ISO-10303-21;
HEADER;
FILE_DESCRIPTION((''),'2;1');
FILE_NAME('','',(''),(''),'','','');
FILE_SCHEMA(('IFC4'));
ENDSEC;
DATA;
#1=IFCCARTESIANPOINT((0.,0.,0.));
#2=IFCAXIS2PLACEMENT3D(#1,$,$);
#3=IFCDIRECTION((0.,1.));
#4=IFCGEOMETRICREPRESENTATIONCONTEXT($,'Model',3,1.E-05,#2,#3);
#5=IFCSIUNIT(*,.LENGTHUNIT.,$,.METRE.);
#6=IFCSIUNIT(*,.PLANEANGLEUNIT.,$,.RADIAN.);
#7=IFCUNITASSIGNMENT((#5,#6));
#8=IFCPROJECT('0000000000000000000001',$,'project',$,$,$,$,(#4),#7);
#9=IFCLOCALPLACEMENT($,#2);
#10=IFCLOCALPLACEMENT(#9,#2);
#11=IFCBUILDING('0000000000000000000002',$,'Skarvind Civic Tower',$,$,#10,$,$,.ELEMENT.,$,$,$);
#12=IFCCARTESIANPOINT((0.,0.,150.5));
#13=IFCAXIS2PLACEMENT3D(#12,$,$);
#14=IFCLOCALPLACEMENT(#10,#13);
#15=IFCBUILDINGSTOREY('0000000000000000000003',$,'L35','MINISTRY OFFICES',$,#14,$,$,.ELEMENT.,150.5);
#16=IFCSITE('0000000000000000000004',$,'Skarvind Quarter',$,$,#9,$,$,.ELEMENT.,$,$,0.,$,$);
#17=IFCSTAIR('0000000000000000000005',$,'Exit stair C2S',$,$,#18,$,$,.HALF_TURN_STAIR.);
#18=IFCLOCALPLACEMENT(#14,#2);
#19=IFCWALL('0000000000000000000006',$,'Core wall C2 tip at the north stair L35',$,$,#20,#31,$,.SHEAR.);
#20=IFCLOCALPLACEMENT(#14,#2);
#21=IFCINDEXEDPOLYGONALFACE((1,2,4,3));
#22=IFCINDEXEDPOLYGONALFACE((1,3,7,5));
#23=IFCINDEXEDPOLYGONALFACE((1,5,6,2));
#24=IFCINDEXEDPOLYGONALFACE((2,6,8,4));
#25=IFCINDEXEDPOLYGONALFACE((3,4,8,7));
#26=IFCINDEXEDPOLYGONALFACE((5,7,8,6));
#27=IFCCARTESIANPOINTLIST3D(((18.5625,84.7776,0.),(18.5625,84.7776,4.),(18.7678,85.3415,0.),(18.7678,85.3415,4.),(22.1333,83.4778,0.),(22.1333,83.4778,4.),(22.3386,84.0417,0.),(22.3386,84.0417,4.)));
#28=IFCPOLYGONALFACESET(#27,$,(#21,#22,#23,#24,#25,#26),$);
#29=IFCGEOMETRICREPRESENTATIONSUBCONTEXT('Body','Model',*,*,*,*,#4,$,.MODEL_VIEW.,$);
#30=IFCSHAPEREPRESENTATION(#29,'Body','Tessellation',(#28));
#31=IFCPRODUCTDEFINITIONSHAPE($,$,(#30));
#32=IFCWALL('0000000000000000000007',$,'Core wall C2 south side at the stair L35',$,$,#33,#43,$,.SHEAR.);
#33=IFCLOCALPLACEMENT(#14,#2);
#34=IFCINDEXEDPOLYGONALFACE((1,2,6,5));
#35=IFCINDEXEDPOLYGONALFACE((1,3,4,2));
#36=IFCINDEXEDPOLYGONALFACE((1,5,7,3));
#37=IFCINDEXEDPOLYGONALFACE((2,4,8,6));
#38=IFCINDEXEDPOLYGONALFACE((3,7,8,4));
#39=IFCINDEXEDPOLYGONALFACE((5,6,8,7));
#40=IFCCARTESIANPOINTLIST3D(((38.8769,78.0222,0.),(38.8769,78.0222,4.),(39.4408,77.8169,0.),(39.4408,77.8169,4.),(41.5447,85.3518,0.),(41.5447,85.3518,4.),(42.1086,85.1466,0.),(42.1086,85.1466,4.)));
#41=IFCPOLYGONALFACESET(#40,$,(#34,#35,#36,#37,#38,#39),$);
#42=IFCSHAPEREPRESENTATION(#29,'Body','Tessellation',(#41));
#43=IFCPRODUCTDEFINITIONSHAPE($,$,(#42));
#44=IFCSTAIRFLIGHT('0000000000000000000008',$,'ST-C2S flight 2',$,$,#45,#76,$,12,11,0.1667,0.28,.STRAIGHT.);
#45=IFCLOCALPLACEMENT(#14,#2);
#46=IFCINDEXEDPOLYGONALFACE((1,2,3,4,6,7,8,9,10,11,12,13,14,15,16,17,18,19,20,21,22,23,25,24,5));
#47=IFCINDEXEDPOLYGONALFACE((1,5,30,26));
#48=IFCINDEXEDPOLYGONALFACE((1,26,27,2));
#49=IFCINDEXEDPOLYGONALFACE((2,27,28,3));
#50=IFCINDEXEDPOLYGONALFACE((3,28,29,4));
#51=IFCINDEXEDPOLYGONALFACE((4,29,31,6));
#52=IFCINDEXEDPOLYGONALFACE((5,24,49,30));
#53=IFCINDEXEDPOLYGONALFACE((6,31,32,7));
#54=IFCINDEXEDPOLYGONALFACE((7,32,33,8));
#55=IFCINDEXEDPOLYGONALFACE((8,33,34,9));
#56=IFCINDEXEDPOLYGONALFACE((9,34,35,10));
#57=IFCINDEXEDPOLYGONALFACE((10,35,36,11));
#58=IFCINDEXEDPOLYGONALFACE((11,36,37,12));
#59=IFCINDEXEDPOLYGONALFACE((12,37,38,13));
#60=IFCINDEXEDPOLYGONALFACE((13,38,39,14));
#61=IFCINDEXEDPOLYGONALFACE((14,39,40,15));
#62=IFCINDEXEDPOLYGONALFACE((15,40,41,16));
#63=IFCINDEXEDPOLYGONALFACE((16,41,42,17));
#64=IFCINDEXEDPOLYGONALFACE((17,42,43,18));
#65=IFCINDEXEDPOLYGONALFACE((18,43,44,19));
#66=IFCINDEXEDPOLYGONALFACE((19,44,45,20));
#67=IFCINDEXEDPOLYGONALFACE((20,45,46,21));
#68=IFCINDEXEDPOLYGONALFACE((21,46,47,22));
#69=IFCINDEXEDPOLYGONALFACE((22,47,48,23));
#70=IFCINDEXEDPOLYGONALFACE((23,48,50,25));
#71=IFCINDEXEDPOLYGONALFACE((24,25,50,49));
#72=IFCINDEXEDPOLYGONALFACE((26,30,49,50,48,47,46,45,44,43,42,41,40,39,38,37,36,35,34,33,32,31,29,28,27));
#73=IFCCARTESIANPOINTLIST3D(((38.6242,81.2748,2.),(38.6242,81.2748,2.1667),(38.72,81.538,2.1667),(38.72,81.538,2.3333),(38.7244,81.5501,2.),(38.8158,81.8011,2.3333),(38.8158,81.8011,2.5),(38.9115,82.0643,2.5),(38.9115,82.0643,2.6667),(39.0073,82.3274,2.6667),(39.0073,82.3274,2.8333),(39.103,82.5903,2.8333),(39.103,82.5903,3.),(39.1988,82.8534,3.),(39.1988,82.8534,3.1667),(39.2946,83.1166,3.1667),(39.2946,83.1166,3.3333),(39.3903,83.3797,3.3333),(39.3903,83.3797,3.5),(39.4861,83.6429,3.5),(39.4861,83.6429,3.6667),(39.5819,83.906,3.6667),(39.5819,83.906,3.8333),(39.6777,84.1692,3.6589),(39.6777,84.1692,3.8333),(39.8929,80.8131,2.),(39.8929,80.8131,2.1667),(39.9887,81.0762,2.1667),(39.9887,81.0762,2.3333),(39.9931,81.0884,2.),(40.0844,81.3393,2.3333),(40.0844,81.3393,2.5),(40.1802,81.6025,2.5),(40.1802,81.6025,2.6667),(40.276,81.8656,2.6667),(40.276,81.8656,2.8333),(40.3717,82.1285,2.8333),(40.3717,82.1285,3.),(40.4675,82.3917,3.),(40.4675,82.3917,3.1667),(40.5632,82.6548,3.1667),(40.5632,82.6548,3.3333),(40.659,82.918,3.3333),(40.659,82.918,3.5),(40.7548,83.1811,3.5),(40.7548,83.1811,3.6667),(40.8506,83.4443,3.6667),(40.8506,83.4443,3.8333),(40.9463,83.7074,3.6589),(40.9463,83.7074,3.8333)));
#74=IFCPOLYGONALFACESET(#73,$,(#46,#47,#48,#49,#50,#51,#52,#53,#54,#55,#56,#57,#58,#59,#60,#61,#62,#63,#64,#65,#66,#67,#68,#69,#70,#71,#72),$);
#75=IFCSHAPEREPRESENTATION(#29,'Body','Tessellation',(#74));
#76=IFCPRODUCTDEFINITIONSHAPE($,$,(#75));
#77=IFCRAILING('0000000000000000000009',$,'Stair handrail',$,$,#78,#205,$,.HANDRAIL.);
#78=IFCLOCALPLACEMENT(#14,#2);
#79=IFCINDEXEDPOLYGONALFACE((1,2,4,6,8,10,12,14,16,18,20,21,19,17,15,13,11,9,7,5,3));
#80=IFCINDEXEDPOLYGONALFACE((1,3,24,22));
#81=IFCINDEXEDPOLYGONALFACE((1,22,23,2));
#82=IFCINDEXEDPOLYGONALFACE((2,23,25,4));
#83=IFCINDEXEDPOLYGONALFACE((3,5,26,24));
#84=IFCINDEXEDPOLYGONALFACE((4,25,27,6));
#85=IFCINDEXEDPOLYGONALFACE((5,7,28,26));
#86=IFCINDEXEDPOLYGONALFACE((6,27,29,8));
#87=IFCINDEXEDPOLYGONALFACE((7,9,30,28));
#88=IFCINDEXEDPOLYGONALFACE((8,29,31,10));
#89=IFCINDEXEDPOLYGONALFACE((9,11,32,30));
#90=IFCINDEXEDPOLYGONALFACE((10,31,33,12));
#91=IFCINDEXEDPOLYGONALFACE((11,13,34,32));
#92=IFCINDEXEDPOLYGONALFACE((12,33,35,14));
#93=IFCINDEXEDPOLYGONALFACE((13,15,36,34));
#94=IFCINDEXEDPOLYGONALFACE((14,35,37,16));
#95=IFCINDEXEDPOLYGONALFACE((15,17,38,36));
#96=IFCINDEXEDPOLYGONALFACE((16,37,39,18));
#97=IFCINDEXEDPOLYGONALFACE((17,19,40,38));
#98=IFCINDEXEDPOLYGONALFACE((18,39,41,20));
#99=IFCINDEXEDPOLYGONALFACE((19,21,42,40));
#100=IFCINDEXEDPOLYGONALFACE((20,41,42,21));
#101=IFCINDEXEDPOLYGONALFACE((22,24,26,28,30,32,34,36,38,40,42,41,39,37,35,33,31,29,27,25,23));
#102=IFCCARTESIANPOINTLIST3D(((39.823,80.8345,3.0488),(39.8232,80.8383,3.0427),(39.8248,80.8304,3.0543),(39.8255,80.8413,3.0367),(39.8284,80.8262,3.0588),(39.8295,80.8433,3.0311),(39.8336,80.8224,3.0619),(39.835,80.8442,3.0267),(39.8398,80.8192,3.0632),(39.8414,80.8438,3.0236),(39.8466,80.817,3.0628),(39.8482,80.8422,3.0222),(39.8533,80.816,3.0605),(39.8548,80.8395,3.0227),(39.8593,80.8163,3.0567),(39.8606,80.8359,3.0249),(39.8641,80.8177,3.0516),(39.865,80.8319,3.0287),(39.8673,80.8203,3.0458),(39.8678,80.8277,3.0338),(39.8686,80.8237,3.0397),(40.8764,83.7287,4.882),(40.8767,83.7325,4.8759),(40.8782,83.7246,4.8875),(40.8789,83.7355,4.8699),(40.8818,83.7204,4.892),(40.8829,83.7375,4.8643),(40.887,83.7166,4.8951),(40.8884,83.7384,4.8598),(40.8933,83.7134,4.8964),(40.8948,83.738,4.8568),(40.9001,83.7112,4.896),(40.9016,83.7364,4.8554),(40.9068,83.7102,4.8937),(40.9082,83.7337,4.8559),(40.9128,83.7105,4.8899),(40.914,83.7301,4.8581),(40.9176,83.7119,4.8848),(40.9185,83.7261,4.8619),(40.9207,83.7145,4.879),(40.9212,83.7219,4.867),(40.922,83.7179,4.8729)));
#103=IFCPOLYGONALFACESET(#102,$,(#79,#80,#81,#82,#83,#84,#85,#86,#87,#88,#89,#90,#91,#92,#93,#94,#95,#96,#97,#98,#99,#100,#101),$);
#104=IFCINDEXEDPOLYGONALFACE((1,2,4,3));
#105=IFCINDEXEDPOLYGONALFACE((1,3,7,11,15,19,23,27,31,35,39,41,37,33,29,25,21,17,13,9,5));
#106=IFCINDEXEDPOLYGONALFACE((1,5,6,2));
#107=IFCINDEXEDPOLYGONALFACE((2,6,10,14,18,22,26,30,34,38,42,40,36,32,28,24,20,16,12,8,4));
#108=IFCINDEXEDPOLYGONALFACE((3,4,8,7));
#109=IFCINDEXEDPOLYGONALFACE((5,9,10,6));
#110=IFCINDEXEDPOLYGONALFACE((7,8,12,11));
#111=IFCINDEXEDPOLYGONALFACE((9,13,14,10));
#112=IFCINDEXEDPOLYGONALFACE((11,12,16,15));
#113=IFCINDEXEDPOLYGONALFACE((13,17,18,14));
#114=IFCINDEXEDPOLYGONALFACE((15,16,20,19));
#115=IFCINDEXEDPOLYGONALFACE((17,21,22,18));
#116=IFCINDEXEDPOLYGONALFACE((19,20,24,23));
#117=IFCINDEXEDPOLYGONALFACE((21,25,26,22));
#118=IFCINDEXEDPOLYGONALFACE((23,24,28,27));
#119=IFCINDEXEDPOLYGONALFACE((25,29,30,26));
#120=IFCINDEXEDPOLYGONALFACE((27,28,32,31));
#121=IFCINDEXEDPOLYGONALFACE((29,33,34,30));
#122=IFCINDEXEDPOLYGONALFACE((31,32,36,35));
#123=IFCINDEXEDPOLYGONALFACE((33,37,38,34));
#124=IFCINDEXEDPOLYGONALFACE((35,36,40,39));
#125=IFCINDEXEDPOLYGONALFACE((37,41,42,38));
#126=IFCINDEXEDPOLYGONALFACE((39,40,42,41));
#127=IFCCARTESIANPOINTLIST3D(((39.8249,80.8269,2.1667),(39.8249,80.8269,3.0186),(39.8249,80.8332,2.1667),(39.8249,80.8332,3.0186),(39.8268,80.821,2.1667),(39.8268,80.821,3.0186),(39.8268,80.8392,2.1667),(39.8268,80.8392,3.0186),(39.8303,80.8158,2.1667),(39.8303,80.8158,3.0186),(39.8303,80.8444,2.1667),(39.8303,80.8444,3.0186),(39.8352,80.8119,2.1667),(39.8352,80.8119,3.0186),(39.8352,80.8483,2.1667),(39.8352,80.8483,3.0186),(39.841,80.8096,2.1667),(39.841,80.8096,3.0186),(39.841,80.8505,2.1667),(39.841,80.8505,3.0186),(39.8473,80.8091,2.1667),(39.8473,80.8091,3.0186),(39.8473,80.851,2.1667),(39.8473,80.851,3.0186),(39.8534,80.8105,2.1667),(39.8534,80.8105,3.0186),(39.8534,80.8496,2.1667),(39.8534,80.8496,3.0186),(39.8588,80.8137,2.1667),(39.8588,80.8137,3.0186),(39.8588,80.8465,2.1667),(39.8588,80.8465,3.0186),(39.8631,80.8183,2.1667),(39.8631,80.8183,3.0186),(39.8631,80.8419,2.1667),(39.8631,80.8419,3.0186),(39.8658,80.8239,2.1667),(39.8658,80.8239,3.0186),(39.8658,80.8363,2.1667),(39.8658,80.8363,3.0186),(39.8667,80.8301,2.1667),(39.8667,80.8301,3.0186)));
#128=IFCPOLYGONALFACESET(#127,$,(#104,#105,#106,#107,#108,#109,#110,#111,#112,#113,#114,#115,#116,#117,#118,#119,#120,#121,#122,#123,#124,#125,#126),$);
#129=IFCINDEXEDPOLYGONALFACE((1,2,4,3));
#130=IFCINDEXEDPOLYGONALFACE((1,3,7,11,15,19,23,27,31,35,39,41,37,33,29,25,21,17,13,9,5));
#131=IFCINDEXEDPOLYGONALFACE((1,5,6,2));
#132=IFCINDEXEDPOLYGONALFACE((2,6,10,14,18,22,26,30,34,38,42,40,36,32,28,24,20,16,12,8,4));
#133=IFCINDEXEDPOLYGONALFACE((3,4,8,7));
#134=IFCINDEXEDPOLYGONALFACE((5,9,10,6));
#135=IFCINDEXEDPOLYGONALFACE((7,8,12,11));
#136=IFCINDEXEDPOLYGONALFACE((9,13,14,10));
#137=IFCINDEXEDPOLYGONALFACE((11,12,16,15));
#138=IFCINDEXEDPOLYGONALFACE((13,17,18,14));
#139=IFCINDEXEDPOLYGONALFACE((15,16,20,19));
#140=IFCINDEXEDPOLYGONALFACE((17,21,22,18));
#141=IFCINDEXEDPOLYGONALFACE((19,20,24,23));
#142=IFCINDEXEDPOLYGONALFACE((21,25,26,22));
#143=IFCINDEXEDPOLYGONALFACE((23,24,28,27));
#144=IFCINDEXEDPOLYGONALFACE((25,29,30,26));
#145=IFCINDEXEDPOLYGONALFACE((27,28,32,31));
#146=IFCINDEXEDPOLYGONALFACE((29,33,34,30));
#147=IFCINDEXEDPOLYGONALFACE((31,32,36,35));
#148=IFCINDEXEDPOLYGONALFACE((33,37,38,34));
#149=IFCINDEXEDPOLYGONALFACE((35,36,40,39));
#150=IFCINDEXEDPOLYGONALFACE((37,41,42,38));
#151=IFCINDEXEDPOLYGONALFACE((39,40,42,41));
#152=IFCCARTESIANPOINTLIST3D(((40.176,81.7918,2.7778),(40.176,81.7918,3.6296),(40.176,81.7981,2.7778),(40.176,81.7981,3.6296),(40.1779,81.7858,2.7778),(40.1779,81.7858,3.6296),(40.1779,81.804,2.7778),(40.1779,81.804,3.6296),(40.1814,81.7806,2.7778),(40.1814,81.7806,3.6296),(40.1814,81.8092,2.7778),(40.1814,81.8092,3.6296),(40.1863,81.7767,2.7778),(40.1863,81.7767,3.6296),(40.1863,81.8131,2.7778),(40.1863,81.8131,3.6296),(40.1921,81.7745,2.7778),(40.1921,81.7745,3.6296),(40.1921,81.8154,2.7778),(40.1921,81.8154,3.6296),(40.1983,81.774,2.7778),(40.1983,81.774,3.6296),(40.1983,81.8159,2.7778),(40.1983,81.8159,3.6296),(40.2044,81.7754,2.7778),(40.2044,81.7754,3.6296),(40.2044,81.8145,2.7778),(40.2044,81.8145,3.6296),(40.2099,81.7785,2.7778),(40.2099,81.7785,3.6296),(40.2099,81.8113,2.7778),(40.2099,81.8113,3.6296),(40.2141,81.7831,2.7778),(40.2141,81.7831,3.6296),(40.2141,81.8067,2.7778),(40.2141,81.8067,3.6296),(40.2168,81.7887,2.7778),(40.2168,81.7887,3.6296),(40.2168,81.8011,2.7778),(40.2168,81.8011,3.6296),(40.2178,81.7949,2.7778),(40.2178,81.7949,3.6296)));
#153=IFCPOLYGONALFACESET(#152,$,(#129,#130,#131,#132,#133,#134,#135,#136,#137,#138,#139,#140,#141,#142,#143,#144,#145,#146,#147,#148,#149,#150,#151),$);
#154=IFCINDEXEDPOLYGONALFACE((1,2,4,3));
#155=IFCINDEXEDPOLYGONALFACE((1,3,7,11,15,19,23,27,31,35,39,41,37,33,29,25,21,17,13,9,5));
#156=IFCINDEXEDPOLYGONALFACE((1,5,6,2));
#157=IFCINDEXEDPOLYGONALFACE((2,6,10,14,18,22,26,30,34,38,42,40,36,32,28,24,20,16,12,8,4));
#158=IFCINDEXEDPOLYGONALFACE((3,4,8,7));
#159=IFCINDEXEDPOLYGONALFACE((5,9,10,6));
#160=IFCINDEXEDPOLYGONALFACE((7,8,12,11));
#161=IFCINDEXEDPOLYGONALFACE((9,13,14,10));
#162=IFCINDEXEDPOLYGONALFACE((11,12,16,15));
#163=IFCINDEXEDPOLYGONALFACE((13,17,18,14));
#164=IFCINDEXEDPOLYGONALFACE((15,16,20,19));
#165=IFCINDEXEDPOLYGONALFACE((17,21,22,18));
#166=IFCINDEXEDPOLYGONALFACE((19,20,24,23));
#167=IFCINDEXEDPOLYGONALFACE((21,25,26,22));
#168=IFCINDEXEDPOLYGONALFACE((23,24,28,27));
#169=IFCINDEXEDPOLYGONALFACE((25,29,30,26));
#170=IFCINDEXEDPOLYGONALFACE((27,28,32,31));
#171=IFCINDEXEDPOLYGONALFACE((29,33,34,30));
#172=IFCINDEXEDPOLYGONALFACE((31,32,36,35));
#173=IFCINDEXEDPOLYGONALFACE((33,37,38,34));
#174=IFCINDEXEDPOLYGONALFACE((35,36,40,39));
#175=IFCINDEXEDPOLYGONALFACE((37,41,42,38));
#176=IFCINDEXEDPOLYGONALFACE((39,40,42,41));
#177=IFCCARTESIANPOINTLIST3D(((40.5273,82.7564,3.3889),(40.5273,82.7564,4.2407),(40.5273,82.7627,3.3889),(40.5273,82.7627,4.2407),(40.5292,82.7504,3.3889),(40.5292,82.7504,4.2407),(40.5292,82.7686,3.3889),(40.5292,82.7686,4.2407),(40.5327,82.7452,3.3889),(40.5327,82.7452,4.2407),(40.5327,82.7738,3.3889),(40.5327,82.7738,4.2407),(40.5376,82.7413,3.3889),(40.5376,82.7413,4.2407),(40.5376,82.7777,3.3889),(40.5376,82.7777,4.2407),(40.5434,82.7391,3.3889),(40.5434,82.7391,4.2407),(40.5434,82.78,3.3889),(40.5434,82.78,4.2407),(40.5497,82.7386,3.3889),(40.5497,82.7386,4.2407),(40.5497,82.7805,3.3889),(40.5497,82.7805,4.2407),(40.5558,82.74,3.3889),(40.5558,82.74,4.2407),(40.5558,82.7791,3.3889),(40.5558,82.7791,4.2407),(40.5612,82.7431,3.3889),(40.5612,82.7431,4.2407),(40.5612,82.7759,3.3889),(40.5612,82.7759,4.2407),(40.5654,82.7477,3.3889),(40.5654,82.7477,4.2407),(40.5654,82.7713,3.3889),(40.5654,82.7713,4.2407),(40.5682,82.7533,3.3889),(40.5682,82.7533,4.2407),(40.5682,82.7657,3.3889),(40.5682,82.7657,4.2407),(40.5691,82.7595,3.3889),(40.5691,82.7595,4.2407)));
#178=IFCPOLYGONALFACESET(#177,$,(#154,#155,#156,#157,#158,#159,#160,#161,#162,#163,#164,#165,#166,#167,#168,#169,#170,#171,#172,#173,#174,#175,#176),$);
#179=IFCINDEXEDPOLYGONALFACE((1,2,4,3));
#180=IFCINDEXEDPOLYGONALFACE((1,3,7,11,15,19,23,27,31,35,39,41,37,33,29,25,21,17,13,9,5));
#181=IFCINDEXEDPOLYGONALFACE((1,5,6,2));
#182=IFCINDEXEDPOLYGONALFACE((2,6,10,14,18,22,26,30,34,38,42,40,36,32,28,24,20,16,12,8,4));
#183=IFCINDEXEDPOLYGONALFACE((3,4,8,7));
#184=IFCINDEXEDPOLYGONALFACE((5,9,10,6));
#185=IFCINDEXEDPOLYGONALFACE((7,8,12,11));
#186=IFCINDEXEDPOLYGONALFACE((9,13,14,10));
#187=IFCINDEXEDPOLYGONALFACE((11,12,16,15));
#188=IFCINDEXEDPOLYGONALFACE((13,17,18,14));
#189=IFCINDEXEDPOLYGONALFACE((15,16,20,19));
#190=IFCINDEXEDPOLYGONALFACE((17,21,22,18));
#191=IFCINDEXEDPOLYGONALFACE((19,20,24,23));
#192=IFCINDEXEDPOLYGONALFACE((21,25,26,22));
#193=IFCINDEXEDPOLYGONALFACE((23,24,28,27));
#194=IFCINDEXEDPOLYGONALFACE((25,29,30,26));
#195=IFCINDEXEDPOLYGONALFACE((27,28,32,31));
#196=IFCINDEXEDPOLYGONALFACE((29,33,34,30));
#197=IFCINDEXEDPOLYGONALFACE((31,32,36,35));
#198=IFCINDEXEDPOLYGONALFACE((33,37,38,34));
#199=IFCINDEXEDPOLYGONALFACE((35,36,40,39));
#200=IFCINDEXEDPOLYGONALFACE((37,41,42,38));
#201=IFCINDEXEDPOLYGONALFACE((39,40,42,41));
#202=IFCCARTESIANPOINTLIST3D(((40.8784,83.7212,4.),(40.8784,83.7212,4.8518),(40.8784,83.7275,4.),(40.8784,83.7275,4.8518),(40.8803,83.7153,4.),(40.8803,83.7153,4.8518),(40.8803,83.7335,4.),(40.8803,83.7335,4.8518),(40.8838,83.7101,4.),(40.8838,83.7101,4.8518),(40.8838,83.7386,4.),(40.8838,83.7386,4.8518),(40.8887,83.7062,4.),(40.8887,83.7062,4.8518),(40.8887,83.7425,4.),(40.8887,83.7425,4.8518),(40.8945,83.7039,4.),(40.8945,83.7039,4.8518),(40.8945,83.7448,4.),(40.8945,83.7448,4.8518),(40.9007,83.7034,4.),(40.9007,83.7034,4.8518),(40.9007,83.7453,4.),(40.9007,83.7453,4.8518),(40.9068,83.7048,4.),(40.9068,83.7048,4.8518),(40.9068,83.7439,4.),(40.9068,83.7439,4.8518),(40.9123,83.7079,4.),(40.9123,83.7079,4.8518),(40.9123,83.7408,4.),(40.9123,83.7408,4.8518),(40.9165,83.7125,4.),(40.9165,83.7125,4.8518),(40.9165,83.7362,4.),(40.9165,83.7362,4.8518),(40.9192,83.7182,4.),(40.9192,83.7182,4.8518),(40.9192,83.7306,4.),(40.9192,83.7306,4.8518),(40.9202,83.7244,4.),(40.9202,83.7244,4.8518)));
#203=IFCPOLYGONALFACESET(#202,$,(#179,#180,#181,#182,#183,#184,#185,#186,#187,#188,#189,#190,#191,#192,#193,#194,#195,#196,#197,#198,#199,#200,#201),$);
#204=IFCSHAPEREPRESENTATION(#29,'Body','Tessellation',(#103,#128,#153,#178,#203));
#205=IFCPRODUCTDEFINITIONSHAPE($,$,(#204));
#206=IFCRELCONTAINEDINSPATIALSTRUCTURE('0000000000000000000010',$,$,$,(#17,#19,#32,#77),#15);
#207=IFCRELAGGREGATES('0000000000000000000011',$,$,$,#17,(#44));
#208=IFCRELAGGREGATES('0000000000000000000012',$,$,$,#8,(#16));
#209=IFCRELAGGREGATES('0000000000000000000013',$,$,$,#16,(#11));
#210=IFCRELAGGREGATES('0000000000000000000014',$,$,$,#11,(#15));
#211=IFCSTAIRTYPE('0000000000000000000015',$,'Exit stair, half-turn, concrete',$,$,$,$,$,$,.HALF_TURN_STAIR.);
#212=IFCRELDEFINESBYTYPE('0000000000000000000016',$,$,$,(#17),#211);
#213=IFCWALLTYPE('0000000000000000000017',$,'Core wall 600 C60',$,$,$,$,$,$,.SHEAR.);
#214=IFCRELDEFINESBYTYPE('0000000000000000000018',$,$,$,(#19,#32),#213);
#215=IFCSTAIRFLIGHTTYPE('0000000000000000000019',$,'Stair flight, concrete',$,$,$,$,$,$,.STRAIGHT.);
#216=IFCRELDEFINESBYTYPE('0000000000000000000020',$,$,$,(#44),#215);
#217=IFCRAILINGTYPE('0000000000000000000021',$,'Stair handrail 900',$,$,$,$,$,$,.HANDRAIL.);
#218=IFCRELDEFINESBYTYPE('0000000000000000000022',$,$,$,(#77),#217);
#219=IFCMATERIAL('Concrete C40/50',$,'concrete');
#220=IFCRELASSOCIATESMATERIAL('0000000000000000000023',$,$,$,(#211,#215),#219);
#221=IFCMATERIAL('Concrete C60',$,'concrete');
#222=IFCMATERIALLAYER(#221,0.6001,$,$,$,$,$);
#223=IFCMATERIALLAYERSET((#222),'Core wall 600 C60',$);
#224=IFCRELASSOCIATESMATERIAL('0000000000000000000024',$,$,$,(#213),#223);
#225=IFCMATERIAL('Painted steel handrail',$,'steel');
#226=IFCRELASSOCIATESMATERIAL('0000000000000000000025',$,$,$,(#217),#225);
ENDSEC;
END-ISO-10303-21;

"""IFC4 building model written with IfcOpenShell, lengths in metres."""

from ifc_helpers import new_model, si_unit, direction, frame, frame_2d, origin, origin_2d, place, context, subcontext, project, spatial, polyline, rectangle, circle, outline, extrude, material, layer, layer_set, type_object, element, aggregate, save


model = new_model("IFC4")

# Units and contexts
model_context = context("Model", 3, precision=1e-05, world=origin(), true_north=direction((0.0, 1.0)))
body_context = subcontext(model_context, "Body", "Model", "MODEL_VIEW")
ifc_project = project(units=[si_unit("LENGTHUNIT", "METRE"), si_unit("PLANEANGLEUNIT", "RADIAN")], contexts=[model_context])

# Site, building, storey
site_placement = place(None, origin())
site = spatial("IfcSite", under=ifc_project, at=site_placement, Name="Skarvind Quarter", CompositionType="ELEMENT", RefElevation=0.0)
building_placement = place(site_placement, origin())
building = spatial("IfcBuilding", under=site, at=building_placement, Name="Skarvind Civic Tower", CompositionType="ELEMENT")
storey_placement = place(building_placement, frame((0.0, 0.0, 150.5)))
storey = spatial("IfcBuildingStorey", under=building, at=storey_placement, Name="L35", Description="MINISTRY OFFICES", CompositionType="ELEMENT", Elevation=150.5)

# Shared definitions
ifc_material_1 = material(Name="Concrete C40/50", Category="concrete")

# Stair
stair_type_1 = type_object("IfcStairType", Name="Exit stair, half-turn, concrete", PredefinedType="HALF_TURN_STAIR", material=ifc_material_1)
stair_1_placement = place(storey_placement, origin())
stair_1 = element("IfcStair", 1, at=stair_1_placement, inside=storey, type_object=stair_type_1, Name="Exit stair C2S", PredefinedType="HALF_TURN_STAIR")

# Shared definitions
ifc_material_2 = material(Name="Concrete C60", Category="concrete")

# Walls
ifc_layer_1 = layer(ifc_material_2, 0.6001)
ifc_layer_set_1 = layer_set([ifc_layer_1], Name="Core wall 600 C60")
wall_type_1 = type_object("IfcWallType", Name="Core wall 600 C60", PredefinedType="SHEAR", material=ifc_layer_set_1)
for number, where, z_axis, x_axis, name in (
    (2, (22.2358, 83.7598, 0.0), (0.0, 0.0, 1.0), (-0.939681, 0.342053, 0.0), "Core wall C2 tip at the north stair L35"),
):
    element("IfcWall", number, at=place(storey_placement, frame(where, z_axis=z_axis, x_axis=x_axis)), inside=storey, type_object=wall_type_1, Name=name, PredefinedType="SHEAR", context=body_context, shape_type="SweptSolid", body=[
        extrude(rectangle(XDim=3.8, YDim=0.6001, at=frame_2d((1.8999, 0.0))), origin(), (0.0, 0.0, 1.0), 4.0),
    ])
wall_1_placement = place(storey_placement, frame((39.1589, 77.9197, 0.0), z_axis=(0.0, 0.0, 1.0), x_axis=(0.342017, 0.939694, 0.0)))
element("IfcWall", 3, at=wall_1_placement, inside=storey, type_object=wall_type_1, Name="Core wall C2 south side at the stair L35", PredefinedType="SHEAR", context=body_context, shape_type="SweptSolid", body=[
    extrude(rectangle(XDim=7.8, YDim=0.6001, at=frame_2d((3.8999, 0.0))), origin(), (0.0, 0.0, 1.0), 4.0),
])

# Stair flight
stair_flight_type = type_object("IfcStairFlightType", Name="Stair flight, concrete", PredefinedType="STRAIGHT", material=ifc_material_1)
stair_flight_placement = place(storey_placement, frame((39.2585, 81.0439, 2.0), z_axis=(0.0, 0.0, 1.0), x_axis=(0.34202, 0.939693, 0.0)))
stair_flight = element("IfcStairFlight", 4, at=stair_flight_placement, type_object=stair_flight_type, Name="ST-C2S flight 2", NumberOfRisers=12, NumberOfTreads=11, PredefinedType="STRAIGHT", RiserHeight=0.1667, TreadLength=0.28, context=body_context, shape_type="SweptSolid", body=[
    extrude(outline(polyline([(0.0, 0.0), (0.0, 0.1667), (0.28, 0.1667), (0.28, 0.3333), (0.5601, 0.3333), (0.5601, 0.5), (0.8401, 0.5), (0.8401, 0.6667), (1.1201, 0.6667), (1.1201, 0.8333), (1.3999, 0.8333), (1.3999, 1.0), (1.6799, 1.0), (1.6799, 1.1667), (1.96, 1.1667), (1.96, 1.3333), (2.24, 1.3333), (2.24, 1.5), (2.52, 1.5), (2.52, 1.6667), (2.8, 1.6667), (2.8, 1.8333), (3.0801, 1.8333), (3.0801, 2.0), (3.0801, 1.6589), (0.293, 0.0), (0.0, 0.0)])), frame((0.0, 0.675, 0.0), z_axis=(0.0, -1.0, 0.0), x_axis=(1.0, 0.0, 0.0)), (0.0, 0.0, 1.0), 1.3501),
])
aggregate(stair_1, [stair_flight])

# Railing
ifc_material_3 = material(Name="Painted steel handrail", Category="steel")
railing_type = type_object("IfcRailingType", Name="Stair handrail 900", PredefinedType="HANDRAIL", material=ifc_material_3)
railing_placement = place(storey_placement, frame((39.8457, 80.8301, 2.1667)))
element("IfcRailing", 5, at=railing_placement, inside=storey, type_object=railing_type, Name="Stair handrail", PredefinedType="HANDRAIL", context=body_context, shape_type="SweptSolid", body=[
    extrude(circle(Radius=0.0239, at=origin_2d()), frame((0.0, 0.0, 0.876), z_axis=(0.293908, 0.807481, 0.511461), x_axis=(-0.939689, 0.342029, 0.0)), (0.0, 0.0, 1.0), 3.5842),
    extrude(circle(Radius=0.021, at=origin_2d()), origin(), (0.0, 0.0, 1.0), 0.8518),
    extrude(circle(Radius=0.021, at=origin_2d()), frame((0.3511, 0.9648, 0.6111)), (0.0, 0.0, 1.0), 0.8518),
    extrude(circle(Radius=0.021, at=origin_2d()), frame((0.7024, 1.9294, 1.2222)), (0.0, 0.0, 1.0), 0.8518),
    extrude(circle(Radius=0.021, at=origin_2d()), frame((1.0535, 2.8943, 1.8333)), (0.0, 0.0, 1.0), 0.8518),
])

save(model, "model.ifc")
